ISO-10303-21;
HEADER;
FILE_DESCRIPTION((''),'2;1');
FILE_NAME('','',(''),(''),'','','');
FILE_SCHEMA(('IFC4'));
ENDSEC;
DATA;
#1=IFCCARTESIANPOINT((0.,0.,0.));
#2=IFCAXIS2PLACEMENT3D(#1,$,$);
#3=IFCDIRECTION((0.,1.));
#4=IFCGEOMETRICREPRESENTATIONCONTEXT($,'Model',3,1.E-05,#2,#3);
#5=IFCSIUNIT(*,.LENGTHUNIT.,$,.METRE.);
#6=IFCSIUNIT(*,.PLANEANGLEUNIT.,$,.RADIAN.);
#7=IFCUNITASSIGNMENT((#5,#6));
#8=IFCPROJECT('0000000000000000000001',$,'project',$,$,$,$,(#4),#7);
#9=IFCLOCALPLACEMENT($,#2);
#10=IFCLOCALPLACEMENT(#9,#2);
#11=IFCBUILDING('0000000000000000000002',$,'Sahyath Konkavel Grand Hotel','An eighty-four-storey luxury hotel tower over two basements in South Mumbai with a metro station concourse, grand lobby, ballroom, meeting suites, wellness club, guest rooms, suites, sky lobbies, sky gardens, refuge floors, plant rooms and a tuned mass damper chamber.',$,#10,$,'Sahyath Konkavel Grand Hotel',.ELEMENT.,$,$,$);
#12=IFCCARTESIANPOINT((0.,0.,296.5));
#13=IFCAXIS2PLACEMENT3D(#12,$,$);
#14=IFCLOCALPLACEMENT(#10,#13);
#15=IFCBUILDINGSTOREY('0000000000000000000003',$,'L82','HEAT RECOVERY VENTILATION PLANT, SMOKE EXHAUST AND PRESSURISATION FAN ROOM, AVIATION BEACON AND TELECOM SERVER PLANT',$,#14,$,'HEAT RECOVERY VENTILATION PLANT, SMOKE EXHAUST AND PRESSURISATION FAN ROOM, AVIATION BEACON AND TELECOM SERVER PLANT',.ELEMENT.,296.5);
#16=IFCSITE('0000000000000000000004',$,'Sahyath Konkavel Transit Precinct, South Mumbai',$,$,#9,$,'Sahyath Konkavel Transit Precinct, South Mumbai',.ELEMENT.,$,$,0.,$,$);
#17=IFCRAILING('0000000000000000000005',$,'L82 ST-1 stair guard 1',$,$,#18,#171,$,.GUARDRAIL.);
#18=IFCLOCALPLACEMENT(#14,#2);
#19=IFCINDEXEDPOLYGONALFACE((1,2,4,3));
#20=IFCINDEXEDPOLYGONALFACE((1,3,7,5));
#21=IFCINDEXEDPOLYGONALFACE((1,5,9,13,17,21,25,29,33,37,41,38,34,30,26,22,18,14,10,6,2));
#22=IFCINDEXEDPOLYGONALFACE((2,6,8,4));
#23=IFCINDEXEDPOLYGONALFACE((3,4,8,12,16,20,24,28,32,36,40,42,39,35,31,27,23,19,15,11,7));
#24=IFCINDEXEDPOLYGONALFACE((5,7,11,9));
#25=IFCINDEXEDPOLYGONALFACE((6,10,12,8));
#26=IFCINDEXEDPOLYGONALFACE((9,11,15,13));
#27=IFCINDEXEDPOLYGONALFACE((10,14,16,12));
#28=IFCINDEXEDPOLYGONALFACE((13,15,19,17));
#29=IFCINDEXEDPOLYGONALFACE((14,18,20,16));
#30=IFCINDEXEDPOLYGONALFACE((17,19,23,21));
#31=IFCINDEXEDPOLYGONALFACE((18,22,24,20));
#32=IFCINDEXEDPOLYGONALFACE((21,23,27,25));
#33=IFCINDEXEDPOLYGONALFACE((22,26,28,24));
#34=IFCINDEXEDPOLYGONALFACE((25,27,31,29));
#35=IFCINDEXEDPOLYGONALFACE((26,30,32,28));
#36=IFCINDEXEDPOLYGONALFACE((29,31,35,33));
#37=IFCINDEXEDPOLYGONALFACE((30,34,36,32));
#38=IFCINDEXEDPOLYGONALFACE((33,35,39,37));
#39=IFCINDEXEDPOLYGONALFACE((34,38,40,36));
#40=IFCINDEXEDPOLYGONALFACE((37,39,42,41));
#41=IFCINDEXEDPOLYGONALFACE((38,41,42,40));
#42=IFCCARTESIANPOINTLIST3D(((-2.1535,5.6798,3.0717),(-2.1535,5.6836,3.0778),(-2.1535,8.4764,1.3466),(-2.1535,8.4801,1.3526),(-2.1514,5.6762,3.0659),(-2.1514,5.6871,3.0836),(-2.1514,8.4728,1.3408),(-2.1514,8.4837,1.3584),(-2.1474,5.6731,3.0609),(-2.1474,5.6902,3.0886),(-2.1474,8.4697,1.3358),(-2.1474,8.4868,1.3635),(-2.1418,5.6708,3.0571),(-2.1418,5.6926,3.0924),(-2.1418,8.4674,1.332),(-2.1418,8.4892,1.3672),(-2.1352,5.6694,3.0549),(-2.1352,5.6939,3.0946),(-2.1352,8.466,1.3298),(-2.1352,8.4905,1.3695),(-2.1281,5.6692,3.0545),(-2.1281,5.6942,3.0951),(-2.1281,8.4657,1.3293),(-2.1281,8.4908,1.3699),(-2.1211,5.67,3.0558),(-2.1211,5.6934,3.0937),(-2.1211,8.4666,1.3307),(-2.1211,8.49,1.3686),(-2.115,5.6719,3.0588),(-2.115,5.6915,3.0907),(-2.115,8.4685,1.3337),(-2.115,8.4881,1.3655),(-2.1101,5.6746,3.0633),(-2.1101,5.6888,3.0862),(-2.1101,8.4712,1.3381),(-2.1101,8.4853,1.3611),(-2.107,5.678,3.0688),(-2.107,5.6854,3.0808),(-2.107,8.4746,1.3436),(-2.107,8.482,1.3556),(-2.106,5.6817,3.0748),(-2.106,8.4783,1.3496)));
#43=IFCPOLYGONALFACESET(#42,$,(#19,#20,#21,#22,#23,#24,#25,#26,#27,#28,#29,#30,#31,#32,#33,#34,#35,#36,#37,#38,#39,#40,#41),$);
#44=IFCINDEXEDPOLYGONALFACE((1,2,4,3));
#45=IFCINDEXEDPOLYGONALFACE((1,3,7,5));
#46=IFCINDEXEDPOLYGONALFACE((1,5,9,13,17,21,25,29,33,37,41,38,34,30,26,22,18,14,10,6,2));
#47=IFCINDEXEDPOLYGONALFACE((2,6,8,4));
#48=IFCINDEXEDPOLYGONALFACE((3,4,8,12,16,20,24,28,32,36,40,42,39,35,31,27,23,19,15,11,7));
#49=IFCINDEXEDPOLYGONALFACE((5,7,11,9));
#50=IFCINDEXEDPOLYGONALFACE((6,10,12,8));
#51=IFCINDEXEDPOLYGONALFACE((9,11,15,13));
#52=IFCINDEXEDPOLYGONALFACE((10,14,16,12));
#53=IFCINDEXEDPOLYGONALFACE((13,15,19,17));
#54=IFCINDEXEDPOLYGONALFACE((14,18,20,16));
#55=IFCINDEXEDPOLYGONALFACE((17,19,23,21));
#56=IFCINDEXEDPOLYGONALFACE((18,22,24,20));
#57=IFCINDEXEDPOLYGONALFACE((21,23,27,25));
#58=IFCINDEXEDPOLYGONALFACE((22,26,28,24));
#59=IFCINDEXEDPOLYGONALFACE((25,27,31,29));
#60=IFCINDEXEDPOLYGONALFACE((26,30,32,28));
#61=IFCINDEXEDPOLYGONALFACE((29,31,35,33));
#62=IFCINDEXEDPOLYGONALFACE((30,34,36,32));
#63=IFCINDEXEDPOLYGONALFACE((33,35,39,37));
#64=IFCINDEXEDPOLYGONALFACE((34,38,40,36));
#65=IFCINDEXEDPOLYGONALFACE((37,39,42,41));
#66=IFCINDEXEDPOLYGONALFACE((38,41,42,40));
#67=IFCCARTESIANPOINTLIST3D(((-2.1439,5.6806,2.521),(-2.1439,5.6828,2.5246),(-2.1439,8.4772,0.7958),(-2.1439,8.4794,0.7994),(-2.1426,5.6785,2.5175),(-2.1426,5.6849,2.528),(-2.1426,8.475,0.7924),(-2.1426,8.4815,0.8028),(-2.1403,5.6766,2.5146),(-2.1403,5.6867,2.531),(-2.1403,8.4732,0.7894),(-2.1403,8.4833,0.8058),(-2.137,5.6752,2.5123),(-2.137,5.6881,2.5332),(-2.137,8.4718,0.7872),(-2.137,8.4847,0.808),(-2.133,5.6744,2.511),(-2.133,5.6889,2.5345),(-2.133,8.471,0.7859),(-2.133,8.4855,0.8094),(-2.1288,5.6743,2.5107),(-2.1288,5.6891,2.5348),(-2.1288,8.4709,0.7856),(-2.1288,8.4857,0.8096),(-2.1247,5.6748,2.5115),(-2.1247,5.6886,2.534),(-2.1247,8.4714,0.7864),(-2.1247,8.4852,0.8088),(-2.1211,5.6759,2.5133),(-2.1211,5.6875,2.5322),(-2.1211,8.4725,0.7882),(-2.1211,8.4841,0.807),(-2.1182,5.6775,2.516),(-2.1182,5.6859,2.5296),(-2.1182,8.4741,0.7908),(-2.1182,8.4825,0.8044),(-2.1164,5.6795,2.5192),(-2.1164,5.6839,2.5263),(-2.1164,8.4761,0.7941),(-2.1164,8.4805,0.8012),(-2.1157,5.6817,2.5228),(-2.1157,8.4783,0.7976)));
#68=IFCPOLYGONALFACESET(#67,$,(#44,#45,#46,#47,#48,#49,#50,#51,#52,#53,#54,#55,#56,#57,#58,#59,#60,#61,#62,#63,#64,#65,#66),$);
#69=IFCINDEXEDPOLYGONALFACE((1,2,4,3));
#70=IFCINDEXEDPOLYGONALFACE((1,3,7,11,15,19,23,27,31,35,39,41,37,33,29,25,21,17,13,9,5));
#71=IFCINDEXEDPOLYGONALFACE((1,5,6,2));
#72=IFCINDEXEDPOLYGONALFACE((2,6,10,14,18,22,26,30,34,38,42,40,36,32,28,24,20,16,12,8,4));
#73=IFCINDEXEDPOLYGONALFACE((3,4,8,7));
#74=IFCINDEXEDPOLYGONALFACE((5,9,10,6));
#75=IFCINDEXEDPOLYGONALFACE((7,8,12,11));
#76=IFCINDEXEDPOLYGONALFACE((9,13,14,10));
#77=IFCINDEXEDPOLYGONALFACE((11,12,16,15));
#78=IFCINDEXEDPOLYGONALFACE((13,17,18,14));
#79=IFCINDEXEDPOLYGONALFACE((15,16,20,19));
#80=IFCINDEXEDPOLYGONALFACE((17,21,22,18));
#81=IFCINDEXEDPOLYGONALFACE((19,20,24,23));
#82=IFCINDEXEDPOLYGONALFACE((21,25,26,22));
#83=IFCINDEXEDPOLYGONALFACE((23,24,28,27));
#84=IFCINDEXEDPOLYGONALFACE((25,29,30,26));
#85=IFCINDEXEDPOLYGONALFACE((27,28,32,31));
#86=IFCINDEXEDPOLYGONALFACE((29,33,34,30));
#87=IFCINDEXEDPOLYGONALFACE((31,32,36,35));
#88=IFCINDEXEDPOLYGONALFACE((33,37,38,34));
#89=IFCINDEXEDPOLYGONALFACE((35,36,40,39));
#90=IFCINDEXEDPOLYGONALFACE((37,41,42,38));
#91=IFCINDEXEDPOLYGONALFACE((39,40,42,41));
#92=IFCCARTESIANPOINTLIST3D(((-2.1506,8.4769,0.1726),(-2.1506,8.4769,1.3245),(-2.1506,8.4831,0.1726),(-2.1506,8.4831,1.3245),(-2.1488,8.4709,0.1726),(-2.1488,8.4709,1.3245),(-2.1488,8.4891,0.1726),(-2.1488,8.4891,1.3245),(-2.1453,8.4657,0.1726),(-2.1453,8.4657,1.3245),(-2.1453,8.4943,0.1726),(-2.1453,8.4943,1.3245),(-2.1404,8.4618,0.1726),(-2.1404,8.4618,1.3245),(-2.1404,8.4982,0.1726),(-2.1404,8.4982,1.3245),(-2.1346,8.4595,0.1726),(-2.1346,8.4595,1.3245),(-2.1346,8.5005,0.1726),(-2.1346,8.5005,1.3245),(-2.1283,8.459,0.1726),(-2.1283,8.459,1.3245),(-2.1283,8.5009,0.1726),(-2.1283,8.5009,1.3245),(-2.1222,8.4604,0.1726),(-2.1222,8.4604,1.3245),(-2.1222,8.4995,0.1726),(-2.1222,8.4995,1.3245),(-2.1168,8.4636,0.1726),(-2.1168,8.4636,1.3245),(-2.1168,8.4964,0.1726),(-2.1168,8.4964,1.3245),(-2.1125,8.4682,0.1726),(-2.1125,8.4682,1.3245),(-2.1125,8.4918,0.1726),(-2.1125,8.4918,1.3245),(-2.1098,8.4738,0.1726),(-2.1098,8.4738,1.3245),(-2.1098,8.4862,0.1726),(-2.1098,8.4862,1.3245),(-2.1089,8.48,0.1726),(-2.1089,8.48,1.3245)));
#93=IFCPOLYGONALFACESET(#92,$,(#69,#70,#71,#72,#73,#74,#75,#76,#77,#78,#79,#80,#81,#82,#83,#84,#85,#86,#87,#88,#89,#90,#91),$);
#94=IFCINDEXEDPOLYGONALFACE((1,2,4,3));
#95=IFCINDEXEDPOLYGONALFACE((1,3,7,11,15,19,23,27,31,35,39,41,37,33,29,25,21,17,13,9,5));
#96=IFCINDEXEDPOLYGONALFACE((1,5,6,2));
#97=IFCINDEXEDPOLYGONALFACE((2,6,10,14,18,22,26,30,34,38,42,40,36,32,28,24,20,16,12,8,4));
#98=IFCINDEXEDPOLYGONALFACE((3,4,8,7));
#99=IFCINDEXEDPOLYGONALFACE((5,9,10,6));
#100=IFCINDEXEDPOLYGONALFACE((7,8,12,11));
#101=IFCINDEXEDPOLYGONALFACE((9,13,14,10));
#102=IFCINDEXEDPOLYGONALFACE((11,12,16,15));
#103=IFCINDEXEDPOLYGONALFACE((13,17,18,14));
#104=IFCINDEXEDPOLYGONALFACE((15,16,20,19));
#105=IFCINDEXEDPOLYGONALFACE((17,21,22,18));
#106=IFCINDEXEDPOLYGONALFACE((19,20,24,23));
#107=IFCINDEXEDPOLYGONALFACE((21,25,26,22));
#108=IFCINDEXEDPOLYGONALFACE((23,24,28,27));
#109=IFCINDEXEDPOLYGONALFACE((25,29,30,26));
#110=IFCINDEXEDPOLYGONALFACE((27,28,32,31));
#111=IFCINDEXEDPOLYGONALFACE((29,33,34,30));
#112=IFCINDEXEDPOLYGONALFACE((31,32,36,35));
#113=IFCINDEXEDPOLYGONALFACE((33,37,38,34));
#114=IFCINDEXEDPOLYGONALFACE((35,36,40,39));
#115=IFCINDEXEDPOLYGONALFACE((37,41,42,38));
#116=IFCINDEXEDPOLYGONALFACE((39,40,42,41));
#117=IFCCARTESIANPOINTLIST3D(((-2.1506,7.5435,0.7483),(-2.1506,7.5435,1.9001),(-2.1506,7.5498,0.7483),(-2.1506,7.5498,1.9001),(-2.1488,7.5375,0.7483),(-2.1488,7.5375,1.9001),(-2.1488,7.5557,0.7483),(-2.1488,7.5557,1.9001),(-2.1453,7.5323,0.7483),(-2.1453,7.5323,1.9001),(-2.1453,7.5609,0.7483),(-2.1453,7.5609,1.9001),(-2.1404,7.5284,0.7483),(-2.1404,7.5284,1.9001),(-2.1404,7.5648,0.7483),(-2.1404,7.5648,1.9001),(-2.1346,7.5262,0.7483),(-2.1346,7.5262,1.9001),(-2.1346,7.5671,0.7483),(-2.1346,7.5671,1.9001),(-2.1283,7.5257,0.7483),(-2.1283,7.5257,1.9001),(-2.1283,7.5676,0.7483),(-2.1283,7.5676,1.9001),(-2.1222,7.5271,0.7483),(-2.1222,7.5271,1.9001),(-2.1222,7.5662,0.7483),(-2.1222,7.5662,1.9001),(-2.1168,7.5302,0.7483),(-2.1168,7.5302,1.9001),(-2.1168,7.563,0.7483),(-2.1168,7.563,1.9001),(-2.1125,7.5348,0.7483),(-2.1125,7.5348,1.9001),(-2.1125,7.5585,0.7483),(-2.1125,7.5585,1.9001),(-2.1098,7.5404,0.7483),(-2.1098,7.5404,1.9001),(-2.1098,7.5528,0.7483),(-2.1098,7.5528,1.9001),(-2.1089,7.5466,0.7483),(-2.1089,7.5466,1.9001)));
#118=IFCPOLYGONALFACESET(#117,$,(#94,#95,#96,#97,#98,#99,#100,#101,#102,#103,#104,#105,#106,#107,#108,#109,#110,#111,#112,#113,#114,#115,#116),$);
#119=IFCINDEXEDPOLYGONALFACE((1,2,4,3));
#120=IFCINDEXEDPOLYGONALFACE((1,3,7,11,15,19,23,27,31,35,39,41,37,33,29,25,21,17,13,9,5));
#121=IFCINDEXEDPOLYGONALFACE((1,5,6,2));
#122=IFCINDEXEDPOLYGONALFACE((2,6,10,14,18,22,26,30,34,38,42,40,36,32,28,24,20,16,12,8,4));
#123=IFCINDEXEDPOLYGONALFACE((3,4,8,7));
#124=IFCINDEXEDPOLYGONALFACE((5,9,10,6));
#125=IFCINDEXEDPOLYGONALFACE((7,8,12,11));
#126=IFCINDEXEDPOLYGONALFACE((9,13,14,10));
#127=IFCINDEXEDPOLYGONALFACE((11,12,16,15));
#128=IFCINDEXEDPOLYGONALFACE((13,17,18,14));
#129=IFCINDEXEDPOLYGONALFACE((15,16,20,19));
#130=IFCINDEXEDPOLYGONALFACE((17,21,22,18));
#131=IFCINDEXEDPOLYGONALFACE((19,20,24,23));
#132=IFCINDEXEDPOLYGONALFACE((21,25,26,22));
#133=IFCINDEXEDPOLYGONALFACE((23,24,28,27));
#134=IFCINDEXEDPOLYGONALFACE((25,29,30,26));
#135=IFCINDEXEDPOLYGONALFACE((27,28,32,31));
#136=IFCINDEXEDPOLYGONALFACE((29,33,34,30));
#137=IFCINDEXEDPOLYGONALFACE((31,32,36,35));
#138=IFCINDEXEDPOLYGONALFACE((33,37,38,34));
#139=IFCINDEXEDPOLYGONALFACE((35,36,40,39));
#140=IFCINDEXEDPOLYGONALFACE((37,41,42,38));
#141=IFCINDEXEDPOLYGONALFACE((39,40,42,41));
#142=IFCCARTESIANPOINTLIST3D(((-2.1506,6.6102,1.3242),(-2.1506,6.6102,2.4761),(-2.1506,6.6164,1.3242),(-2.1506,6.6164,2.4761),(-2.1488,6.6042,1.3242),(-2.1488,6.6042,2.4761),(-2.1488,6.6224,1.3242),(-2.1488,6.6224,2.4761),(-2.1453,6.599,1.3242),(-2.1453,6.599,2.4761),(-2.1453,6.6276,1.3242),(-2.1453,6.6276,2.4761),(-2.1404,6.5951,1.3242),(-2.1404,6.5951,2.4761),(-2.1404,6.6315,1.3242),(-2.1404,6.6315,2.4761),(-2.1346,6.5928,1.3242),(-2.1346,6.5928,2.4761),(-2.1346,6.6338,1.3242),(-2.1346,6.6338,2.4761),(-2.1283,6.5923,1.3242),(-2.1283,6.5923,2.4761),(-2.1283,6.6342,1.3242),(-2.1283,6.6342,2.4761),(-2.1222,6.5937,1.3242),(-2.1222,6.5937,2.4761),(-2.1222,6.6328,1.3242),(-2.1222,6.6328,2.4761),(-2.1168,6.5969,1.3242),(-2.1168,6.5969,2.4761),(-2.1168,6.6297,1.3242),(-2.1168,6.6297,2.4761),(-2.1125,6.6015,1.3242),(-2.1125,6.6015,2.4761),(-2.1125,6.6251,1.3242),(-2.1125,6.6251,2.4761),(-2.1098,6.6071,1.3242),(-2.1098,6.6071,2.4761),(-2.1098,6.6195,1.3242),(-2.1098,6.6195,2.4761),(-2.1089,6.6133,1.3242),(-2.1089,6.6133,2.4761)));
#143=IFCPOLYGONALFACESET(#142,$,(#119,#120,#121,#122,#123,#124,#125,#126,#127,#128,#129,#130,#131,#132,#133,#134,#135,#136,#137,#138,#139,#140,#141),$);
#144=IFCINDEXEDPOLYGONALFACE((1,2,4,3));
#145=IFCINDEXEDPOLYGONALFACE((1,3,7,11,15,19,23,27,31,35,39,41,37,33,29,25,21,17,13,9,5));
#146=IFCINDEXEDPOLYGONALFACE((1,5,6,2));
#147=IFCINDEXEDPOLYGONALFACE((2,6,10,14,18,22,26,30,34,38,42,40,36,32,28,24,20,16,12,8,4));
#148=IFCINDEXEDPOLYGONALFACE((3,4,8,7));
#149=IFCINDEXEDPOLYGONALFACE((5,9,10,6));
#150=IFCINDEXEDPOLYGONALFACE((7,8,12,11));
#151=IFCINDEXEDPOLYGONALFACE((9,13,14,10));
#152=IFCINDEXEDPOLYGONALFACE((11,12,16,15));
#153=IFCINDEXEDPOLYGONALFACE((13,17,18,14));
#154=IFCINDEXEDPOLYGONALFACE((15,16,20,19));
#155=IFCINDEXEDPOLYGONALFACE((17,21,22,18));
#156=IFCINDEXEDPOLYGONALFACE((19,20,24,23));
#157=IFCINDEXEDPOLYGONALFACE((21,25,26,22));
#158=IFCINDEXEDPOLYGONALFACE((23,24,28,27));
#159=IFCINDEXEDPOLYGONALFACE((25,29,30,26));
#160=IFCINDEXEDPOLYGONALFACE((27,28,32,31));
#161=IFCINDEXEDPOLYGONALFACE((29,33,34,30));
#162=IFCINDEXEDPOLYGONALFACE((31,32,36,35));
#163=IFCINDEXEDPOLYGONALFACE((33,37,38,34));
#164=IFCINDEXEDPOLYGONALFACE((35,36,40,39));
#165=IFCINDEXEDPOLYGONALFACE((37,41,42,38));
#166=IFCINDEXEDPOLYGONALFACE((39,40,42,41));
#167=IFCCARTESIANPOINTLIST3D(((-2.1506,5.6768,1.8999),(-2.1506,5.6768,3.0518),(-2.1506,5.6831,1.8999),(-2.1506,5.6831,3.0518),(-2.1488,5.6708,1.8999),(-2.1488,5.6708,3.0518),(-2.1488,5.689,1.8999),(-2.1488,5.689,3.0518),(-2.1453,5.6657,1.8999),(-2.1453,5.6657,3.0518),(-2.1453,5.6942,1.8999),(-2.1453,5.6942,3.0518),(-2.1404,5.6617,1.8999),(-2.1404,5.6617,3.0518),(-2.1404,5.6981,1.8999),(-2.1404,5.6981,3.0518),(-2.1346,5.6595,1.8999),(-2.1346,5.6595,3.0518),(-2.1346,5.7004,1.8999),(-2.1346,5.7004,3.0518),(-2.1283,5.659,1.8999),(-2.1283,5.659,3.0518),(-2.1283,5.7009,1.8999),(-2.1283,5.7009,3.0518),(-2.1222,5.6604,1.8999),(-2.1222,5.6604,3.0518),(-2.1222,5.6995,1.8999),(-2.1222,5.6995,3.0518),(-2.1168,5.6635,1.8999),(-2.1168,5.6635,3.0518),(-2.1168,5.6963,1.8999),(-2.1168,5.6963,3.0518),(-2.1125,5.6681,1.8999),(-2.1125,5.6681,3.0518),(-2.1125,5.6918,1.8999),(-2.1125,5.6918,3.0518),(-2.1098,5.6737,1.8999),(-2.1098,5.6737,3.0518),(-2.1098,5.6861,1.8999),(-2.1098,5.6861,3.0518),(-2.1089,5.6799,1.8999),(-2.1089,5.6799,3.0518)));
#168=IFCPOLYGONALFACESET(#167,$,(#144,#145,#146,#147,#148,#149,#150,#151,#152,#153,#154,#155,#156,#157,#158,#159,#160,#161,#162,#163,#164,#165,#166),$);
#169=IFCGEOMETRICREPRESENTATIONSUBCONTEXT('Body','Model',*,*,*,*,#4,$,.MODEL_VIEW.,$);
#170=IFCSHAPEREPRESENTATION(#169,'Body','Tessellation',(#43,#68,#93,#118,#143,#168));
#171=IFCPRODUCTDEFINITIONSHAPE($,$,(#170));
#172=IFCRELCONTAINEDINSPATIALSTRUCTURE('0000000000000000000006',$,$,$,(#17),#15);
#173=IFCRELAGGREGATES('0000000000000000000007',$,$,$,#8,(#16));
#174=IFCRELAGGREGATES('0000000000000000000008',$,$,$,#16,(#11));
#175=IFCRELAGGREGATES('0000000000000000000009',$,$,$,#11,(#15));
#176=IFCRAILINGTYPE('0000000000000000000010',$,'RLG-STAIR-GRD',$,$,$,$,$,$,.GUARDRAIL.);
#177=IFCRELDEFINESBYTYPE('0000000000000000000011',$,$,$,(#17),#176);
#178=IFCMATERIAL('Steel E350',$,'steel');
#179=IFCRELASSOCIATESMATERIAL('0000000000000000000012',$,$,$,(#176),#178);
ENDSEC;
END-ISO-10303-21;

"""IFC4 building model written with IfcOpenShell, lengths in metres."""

from ifc_helpers import new_model, si_unit, direction, frame, origin, origin_2d, place, context, subcontext, project, spatial, circle, extrude, material, type_object, element, save


model = new_model("IFC4")

# Units and contexts
model_context = context("Model", 3, precision=1e-05, world=origin(), true_north=direction((0.0, 1.0)))
body_context = subcontext(model_context, "Body", "Model", "MODEL_VIEW")
ifc_project = project(units=[si_unit("LENGTHUNIT", "METRE"), si_unit("PLANEANGLEUNIT", "RADIAN")], contexts=[model_context])

# Site, building, storey
site_placement = place(None, origin())
site = spatial("IfcSite", under=ifc_project, at=site_placement, Name="Sahyath Konkavel Transit Precinct, South Mumbai", LongName="Sahyath Konkavel Transit Precinct, South Mumbai", CompositionType="ELEMENT", RefElevation=0.0)
building_placement = place(site_placement, origin())
building = spatial("IfcBuilding", under=site, at=building_placement, Name="Sahyath Konkavel Grand Hotel", Description="An eighty-four-storey luxury hotel tower over two basements in South Mumbai with a metro station concourse, grand lobby, ballroom, meeting suites, wellness club, guest rooms, suites, sky lobbies, sky gardens, refuge floors, plant rooms and a tuned mass damper chamber.", LongName="Sahyath Konkavel Grand Hotel", CompositionType="ELEMENT")
storey_placement = place(building_placement, frame((0.0, 0.0, 296.5)))
storey = spatial("IfcBuildingStorey", under=building, at=storey_placement, Name="L82", Description="HEAT RECOVERY VENTILATION PLANT, SMOKE EXHAUST AND PRESSURISATION FAN ROOM, AVIATION BEACON AND TELECOM SERVER PLANT", LongName="HEAT RECOVERY VENTILATION PLANT, SMOKE EXHAUST AND PRESSURISATION FAN ROOM, AVIATION BEACON AND TELECOM SERVER PLANT", CompositionType="ELEMENT", Elevation=296.5)

# Shared definitions
ifc_material_1 = material(Name="Steel E350", Category="steel")

# Railing
railing_type_1 = type_object("IfcRailingType", Name="RLG-STAIR-GRD", PredefinedType="GUARDRAIL", material=ifc_material_1)
railing_1_placement = place(storey_placement, frame((-2.1299, 8.48, 0.1726)))
element("IfcRailing", 1, at=railing_1_placement, inside=storey, type_object=railing_type_1, Name="L82 ST-1 stair guard 1", PredefinedType="GUARDRAIL", context=body_context, shape_type="SweptSolid", body=[
    extrude(circle(Radius=0.0239, at=origin_2d()), frame((0.0, -0.0017, 1.177), z_axis=(0.0, -0.85109, 0.52502), x_axis=(1.0, 0.0, 0.0)), (0.0, 0.0, 1.0), 3.2859),
    extrude(circle(Radius=0.0142, at=origin_2d()), frame((0.0, -0.0017, 0.625), z_axis=(0.0, -0.85109, 0.52502), x_axis=(1.0, 0.0, 0.0)), (0.0, 0.0, 1.0), 3.2859),
    extrude(circle(Radius=0.021, at=origin_2d()), origin(), (0.0, 0.0, 1.0), 1.1519),
    extrude(circle(Radius=0.021, at=origin_2d()), frame((0.0, -0.9333, 0.5757)), (0.0, 0.0, 1.0), 1.1519),
    extrude(circle(Radius=0.021, at=origin_2d()), frame((0.0, -1.8667, 1.1516)), (0.0, 0.0, 1.0), 1.1519),
    extrude(circle(Radius=0.021, at=origin_2d()), frame((0.0, -2.8, 1.7273)), (0.0, 0.0, 1.0), 1.1519),
])

save(model, "model.ifc")
